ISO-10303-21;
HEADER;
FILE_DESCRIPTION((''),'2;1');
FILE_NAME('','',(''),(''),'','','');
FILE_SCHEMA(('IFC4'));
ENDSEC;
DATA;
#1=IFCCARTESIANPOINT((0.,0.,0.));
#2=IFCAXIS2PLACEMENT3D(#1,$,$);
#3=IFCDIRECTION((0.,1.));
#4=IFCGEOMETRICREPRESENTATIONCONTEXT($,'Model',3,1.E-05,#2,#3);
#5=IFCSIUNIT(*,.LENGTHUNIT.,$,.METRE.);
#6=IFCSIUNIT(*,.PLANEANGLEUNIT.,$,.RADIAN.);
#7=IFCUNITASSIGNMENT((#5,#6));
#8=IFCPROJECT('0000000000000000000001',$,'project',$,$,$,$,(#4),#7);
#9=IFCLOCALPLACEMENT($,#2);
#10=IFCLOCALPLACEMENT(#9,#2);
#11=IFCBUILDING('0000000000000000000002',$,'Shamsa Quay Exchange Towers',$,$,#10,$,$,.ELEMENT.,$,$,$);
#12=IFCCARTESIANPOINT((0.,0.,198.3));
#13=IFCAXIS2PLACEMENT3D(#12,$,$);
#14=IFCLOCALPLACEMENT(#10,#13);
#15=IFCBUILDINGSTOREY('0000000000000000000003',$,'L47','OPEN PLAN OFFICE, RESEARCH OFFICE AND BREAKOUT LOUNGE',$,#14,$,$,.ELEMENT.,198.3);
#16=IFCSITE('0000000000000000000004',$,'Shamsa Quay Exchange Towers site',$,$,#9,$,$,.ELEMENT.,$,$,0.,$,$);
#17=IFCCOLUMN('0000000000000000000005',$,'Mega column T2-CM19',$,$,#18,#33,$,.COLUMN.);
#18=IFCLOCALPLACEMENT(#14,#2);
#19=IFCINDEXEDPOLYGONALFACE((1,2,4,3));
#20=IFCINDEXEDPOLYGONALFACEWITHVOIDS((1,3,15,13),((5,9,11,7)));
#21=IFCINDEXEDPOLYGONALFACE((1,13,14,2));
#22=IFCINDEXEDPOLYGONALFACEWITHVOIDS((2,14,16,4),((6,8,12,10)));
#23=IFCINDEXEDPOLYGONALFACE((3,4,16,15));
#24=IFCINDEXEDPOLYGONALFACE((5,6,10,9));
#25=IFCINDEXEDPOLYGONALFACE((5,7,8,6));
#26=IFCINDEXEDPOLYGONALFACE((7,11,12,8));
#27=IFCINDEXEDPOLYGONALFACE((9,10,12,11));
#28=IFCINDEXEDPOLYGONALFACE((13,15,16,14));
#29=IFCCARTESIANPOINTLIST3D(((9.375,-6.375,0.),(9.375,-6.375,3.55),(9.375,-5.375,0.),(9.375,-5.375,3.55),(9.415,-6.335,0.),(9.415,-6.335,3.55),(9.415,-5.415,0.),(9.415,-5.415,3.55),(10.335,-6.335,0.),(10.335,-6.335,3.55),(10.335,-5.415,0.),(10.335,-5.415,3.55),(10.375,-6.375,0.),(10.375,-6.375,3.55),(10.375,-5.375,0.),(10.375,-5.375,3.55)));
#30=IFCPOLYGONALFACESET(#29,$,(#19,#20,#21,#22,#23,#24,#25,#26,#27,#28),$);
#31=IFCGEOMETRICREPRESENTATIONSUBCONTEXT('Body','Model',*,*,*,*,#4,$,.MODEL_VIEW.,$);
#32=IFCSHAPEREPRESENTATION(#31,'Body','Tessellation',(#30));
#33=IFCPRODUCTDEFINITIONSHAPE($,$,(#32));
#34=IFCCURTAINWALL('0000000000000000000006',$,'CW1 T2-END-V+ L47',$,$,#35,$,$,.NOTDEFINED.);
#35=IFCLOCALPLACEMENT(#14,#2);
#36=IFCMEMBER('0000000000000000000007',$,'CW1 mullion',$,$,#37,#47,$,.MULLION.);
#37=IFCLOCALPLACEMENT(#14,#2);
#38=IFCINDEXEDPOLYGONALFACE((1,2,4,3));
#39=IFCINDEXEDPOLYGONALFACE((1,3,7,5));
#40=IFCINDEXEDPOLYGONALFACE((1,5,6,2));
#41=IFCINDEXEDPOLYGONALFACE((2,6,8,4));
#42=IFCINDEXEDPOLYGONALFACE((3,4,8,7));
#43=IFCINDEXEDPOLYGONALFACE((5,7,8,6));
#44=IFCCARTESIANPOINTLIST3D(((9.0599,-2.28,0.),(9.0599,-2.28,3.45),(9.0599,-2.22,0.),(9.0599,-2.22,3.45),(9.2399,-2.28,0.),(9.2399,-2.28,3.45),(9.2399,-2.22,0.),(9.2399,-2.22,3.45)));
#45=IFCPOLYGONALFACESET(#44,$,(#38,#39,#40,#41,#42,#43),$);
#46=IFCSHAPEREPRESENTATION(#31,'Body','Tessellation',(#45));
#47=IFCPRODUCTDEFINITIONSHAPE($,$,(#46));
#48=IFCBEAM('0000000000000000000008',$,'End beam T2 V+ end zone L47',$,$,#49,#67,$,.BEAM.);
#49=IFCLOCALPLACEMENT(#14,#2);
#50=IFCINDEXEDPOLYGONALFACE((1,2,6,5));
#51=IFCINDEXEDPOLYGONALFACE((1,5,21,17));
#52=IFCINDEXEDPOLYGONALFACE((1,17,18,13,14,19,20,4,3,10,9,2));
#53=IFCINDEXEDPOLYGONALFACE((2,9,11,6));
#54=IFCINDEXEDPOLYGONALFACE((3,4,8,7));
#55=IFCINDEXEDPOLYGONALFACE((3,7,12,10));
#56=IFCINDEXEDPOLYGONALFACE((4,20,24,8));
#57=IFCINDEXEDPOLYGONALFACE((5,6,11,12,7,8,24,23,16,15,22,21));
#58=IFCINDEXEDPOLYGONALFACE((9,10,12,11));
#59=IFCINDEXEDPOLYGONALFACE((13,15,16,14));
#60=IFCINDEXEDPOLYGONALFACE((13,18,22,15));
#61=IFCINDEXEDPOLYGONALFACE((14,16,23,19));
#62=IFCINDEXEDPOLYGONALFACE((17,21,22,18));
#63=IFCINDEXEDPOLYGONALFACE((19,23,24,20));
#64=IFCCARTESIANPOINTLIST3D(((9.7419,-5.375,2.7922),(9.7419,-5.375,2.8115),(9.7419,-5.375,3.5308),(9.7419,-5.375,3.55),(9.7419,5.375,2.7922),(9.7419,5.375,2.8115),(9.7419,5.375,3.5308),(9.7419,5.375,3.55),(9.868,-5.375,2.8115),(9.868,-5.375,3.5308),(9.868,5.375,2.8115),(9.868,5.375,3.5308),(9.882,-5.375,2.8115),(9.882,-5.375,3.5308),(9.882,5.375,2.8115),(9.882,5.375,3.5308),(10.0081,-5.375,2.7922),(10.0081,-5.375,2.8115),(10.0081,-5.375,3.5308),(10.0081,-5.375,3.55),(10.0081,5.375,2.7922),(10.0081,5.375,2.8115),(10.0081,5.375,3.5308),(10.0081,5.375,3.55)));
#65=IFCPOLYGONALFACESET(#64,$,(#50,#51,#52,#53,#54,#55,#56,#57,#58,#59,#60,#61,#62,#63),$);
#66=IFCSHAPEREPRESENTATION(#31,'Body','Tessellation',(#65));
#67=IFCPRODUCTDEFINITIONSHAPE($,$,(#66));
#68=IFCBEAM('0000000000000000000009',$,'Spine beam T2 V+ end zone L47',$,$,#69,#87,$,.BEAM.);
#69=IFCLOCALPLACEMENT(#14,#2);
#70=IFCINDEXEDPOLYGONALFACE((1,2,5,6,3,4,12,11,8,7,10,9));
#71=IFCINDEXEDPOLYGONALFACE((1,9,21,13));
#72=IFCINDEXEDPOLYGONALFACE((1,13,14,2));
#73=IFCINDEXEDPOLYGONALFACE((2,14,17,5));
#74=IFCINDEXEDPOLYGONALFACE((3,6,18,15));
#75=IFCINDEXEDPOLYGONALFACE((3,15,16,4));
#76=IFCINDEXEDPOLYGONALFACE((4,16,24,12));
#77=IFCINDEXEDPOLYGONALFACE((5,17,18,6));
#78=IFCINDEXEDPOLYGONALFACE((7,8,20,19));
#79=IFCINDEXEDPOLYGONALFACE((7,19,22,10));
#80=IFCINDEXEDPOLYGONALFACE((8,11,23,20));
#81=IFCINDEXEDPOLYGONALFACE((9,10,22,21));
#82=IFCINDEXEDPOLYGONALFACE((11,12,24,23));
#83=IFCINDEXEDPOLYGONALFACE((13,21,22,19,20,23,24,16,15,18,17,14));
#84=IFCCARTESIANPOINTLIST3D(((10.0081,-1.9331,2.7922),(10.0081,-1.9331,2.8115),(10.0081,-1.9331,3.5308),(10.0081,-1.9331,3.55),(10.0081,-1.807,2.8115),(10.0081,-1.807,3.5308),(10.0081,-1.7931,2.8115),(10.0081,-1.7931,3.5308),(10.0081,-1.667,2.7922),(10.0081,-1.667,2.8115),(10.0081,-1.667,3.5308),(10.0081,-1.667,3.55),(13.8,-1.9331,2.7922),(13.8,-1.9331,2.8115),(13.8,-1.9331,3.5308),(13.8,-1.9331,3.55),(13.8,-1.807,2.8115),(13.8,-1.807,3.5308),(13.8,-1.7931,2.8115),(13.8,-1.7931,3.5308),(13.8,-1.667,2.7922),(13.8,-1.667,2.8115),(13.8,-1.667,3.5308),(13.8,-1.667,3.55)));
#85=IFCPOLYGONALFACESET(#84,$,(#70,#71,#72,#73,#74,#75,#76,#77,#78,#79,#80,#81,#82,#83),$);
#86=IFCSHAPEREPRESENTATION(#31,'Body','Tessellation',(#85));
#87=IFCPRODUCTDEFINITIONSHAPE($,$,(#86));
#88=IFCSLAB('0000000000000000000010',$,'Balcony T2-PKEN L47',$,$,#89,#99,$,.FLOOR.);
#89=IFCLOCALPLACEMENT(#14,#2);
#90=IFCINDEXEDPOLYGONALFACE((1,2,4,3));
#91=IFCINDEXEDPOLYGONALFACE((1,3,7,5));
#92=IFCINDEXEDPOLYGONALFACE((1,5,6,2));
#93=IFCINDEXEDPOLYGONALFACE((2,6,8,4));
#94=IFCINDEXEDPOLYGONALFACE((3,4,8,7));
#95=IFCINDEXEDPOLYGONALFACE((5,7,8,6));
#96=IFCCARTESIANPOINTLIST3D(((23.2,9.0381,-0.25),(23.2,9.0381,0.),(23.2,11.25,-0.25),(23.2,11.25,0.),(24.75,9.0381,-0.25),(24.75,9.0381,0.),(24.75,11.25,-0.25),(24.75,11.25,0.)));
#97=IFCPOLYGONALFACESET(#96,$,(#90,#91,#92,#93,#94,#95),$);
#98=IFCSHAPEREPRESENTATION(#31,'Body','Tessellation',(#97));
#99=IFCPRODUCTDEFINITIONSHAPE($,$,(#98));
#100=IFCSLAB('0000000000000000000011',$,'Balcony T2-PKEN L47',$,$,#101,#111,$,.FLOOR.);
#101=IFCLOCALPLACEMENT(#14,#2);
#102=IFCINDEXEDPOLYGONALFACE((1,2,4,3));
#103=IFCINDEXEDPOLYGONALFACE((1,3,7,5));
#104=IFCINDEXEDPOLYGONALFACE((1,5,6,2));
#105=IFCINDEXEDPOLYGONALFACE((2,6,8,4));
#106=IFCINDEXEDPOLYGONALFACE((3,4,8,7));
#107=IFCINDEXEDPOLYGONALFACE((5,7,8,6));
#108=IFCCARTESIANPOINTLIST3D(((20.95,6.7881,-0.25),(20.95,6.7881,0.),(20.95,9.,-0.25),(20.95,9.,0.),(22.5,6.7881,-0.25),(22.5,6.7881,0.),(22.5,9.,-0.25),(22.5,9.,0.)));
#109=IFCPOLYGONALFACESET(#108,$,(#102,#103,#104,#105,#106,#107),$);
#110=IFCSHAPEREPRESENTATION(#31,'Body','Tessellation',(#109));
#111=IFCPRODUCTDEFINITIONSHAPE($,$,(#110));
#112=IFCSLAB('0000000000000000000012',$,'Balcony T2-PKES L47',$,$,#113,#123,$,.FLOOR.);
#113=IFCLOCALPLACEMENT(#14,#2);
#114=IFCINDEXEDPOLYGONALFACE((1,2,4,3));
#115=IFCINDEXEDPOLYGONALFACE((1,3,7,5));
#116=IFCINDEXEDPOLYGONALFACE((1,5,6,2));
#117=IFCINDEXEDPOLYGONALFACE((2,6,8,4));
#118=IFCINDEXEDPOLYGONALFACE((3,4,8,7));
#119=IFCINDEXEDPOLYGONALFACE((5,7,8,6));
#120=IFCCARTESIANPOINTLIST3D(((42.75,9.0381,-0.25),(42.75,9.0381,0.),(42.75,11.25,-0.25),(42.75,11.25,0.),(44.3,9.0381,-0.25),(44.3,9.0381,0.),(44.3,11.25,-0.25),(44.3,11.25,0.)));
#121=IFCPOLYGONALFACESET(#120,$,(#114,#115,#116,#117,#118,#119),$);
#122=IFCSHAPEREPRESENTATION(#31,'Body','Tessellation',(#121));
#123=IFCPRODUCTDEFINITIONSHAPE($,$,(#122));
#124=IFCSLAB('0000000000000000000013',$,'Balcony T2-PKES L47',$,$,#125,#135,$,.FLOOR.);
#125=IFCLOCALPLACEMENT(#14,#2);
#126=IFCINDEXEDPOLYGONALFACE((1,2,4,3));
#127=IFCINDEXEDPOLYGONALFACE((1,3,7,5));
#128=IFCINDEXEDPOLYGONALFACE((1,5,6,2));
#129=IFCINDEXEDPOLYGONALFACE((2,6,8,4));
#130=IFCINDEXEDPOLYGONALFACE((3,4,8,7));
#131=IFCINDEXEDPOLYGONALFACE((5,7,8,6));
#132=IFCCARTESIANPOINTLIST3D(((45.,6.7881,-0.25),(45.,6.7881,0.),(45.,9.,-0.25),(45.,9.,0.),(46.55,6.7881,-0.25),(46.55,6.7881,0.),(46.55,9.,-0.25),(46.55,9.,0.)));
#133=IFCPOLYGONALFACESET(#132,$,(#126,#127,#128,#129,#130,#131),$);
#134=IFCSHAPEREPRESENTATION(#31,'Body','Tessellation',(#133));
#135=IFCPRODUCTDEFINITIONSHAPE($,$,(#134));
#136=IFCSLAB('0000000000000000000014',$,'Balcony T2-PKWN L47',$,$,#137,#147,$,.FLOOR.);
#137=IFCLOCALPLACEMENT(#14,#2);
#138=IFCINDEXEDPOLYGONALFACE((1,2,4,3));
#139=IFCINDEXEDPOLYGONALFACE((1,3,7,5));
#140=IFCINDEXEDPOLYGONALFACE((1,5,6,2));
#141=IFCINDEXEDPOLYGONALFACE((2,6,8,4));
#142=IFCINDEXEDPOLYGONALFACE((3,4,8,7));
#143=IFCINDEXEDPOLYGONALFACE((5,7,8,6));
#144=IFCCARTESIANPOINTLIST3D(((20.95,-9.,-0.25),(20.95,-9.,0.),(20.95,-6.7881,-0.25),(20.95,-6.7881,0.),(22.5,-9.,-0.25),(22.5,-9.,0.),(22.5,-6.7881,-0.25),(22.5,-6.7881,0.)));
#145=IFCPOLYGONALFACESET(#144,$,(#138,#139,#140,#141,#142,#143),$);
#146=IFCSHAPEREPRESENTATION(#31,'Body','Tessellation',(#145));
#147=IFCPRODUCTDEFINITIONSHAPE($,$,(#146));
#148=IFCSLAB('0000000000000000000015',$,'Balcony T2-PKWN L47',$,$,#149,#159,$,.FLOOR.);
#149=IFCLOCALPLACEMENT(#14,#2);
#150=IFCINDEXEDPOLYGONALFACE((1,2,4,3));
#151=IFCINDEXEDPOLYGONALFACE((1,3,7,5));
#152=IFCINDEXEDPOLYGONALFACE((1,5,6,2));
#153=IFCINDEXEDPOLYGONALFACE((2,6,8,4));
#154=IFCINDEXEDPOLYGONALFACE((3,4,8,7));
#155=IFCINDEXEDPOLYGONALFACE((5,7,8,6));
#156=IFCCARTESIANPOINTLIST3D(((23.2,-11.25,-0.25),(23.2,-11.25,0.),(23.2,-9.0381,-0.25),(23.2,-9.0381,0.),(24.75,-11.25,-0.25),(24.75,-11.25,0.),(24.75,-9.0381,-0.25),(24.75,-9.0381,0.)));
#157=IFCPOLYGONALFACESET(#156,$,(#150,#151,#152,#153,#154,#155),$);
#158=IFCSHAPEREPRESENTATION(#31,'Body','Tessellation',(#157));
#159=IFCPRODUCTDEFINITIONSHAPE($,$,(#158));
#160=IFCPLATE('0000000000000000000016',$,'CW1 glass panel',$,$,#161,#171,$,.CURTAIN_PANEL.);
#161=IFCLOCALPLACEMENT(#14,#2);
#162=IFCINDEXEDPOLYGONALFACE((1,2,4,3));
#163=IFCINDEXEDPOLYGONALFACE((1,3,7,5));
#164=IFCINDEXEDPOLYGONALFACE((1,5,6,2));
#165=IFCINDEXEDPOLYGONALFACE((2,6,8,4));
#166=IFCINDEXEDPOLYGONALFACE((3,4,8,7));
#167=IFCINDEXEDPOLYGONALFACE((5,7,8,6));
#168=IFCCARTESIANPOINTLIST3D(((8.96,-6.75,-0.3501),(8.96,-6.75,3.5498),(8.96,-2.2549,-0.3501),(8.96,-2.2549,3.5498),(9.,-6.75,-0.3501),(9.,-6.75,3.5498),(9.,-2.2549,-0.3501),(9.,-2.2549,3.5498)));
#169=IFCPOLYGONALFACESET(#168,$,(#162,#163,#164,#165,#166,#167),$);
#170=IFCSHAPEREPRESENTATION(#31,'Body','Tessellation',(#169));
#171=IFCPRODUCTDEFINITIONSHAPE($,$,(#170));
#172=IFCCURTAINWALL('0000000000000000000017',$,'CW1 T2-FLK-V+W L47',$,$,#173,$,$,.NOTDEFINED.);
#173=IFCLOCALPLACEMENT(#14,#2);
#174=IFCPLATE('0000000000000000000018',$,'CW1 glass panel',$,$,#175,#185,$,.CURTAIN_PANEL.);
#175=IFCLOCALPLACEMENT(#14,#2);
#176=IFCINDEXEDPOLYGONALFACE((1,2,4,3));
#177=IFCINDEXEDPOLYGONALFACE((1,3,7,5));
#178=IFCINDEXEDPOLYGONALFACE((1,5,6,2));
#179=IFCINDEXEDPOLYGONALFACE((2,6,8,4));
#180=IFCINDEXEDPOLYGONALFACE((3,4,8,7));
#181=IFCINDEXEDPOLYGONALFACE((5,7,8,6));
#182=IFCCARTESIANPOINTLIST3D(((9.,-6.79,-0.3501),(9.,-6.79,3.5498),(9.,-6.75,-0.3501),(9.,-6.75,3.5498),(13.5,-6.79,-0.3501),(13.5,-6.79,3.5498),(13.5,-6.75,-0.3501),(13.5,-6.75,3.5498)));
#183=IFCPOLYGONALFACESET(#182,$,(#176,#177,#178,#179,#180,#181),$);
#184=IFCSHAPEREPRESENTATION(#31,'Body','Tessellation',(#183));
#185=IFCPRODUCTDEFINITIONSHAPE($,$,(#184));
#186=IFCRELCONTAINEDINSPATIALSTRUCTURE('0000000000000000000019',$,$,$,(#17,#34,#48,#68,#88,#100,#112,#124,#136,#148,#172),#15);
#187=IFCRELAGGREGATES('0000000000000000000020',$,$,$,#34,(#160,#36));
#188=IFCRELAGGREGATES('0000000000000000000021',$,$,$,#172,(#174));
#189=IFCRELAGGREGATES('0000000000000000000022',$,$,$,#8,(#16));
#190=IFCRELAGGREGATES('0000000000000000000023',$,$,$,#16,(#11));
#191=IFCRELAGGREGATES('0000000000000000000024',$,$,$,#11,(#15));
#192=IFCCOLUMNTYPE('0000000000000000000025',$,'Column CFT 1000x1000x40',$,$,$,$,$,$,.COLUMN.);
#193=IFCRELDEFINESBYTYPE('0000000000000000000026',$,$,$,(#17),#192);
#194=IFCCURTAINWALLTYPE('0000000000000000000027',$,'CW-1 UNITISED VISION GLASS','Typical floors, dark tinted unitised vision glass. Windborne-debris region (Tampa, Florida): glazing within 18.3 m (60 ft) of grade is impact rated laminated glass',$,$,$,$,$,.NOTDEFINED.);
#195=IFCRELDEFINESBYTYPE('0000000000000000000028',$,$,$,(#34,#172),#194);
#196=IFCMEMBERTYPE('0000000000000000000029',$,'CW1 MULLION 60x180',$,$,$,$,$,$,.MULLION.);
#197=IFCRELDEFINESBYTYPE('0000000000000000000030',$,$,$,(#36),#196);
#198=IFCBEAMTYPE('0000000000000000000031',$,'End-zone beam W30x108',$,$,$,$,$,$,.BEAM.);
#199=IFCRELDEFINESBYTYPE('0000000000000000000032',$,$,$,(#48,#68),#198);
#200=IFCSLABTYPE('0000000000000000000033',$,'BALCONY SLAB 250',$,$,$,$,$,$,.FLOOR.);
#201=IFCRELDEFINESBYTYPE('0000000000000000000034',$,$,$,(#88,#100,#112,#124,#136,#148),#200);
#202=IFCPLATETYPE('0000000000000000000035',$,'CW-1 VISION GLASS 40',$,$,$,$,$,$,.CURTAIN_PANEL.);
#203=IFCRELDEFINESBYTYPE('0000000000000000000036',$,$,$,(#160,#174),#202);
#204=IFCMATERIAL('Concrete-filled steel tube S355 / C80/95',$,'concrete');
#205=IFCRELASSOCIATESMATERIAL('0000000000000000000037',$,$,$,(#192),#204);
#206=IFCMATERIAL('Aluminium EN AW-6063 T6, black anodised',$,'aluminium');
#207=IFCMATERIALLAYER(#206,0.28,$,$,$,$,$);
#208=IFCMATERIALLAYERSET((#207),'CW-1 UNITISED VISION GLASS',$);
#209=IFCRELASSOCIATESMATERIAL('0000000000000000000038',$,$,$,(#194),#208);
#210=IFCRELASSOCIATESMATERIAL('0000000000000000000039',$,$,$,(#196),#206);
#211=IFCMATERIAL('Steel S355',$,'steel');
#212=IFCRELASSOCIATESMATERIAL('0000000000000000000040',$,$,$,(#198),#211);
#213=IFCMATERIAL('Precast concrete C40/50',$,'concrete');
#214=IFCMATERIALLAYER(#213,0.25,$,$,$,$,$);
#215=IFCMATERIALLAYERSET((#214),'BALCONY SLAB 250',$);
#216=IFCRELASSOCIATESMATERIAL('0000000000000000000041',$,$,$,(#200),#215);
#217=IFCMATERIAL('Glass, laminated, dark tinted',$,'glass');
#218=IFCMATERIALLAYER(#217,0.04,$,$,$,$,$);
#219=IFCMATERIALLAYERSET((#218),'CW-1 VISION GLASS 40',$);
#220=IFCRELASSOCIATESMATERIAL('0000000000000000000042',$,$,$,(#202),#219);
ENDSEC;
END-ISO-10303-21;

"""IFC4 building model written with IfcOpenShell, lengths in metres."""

from ifc_helpers import new_model, si_unit, direction, frame, origin, origin_2d, place, context, subcontext, project, spatial, polyline, rectangle, hollow_rectangle, i_section, outline, extrude, material, layer, layer_set, material_profile, profile_set, type_object, element, aggregate, save


model = new_model("IFC4")

# Units and contexts
model_context = context("Model", 3, precision=1e-05, world=origin(), true_north=direction((0.0, 1.0)))
body_context = subcontext(model_context, "Body", "Model", "MODEL_VIEW")
ifc_project = project(units=[si_unit("LENGTHUNIT", "METRE"), si_unit("PLANEANGLEUNIT", "RADIAN")], contexts=[model_context])

# Site, building, storey
site_placement = place(None, origin())
site = spatial("IfcSite", under=ifc_project, at=site_placement, Name="Shamsa Quay Exchange Towers site", CompositionType="ELEMENT", RefElevation=0.0)
building_placement = place(site_placement, origin())
building = spatial("IfcBuilding", under=site, at=building_placement, Name="Shamsa Quay Exchange Towers", CompositionType="ELEMENT")
storey_placement = place(building_placement, frame((0.0, 0.0, 198.3)))
storey = spatial("IfcBuildingStorey", under=building, at=storey_placement, Name="L47", Description="OPEN PLAN OFFICE, RESEARCH OFFICE AND BREAKOUT LOUNGE", CompositionType="ELEMENT", Elevation=198.3)

# Column
ifc_material_1 = material(Name="Concrete-filled steel tube S355 / C80/95", Category="concrete")
ifc_material_profile_1 = material_profile(ifc_material_1, hollow_rectangle(XDim=1.0, YDim=1.0, WallThickness=0.04, at=origin_2d()), Name="CFT 1000x1000x40")
ifc_profile_set_1 = profile_set([ifc_material_profile_1], Name="Concrete-filled steel tube S355 / C80/95")
column_type = type_object("IfcColumnType", Name="Column CFT 1000x1000x40", PredefinedType="COLUMN", material=ifc_profile_set_1)
column_placement = place(storey_placement, frame((9.875, -5.875, 0.0)))
element("IfcColumn", 1, at=column_placement, inside=storey, type_object=column_type, Name="Mega column T2-CM19", PredefinedType="COLUMN", context=body_context, shape_type="SweptSolid", body=[
    extrude(hollow_rectangle(XDim=1.0, YDim=1.0, WallThickness=0.04, at=origin_2d()), origin(), (0.0, 0.0, 1.0), 3.55),
])

# Curtain wall, member
ifc_material_2 = material(Name="Aluminium EN AW-6063 T6, black anodised", Category="aluminium")
ifc_layer_1 = layer(ifc_material_2, 0.28)
ifc_layer_set_1 = layer_set([ifc_layer_1], Name="CW-1 UNITISED VISION GLASS")
curtain_wall_type_1 = type_object("IfcCurtainWallType", Name="CW-1 UNITISED VISION GLASS", Description="Typical floors, dark tinted unitised vision glass. Windborne-debris region (Tampa, Florida): glazing within 18.3 m (60 ft) of grade is impact rated laminated glass", PredefinedType="NOTDEFINED", material=ifc_layer_set_1)
curtain_wall_1_placement = place(storey_placement, origin())
curtain_wall_1 = element("IfcCurtainWall", 2, at=curtain_wall_1_placement, inside=storey, type_object=curtain_wall_type_1, Name="CW1 T2-END-V+ L47", PredefinedType="NOTDEFINED")
ifc_material_profile_2 = material_profile(ifc_material_2, rectangle(XDim=0.1799, YDim=0.0601, at=origin_2d()), Name="MU60x180")
ifc_profile_set_2 = profile_set([ifc_material_profile_2], Name="Aluminium EN AW-6063 T6, black anodised")
member_type = type_object("IfcMemberType", Name="CW1 MULLION 60x180", PredefinedType="MULLION", material=ifc_profile_set_2)
member_placement = place(storey_placement, frame((9.1499, -2.25, 0.0)))
member = element("IfcMember", 3, at=member_placement, type_object=member_type, Name="CW1 mullion", PredefinedType="MULLION", context=body_context, shape_type="SweptSolid", body=[
    extrude(rectangle(XDim=0.1799, YDim=0.0601, at=origin_2d()), origin(), (0.0, 0.0, 1.0), 3.45),
])

# Beams
ifc_material_3 = material(Name="Steel S355", Category="steel")
ifc_material_profile_3 = material_profile(ifc_material_3, i_section(OverallWidth=0.2661, OverallDepth=0.7578, WebThickness=0.0139, FlangeThickness=0.0193, at=origin_2d()), Name="W30x108")
ifc_profile_set_3 = profile_set([ifc_material_profile_3], Name="Steel S355")
beam_type = type_object("IfcBeamType", Name="End-zone beam W30x108", PredefinedType="BEAM", material=ifc_profile_set_3)
beam_1_placement = place(storey_placement, frame((9.875, -5.375, 3.1711), z_axis=(0.0, 1.0, 0.0), x_axis=(-1.0, 0.0, 0.0)))
element("IfcBeam", 4, at=beam_1_placement, inside=storey, type_object=beam_type, Name="End beam T2 V+ end zone L47", PredefinedType="BEAM", context=body_context, shape_type="SweptSolid", body=[
    extrude(i_section(OverallWidth=0.2661, OverallDepth=0.7578, WebThickness=0.0139, FlangeThickness=0.0193, at=origin_2d()), origin(), (0.0, 0.0, 1.0), 10.75),
])
beam_2_placement = place(storey_placement, frame((13.8, -1.8, 3.1711), z_axis=(-1.0, 0.0, 0.0), x_axis=(0.0, -1.0, 0.0)))
element("IfcBeam", 5, at=beam_2_placement, inside=storey, type_object=beam_type, Name="Spine beam T2 V+ end zone L47", PredefinedType="BEAM", context=body_context, shape_type="SweptSolid", body=[
    extrude(i_section(OverallWidth=0.2661, OverallDepth=0.7578, WebThickness=0.0139, FlangeThickness=0.0193, at=origin_2d()), origin(), (0.0, 0.0, 1.0), 3.792),
])

# Slabs
ifc_material_4 = material(Name="Precast concrete C40/50", Category="concrete")
ifc_layer_2 = layer(ifc_material_4, 0.25)
ifc_layer_set_2 = layer_set([ifc_layer_2], Name="BALCONY SLAB 250")
slab_type_1 = type_object("IfcSlabType", Name="BALCONY SLAB 250", PredefinedType="FLOOR", material=ifc_layer_set_2)
slab_1_placement = place(storey_placement, frame((0.0, 0.0, -0.25)))
element("IfcSlab", 6, at=slab_1_placement, inside=storey, type_object=slab_type_1, Name="Balcony T2-PKEN L47", PredefinedType="FLOOR", context=body_context, shape_type="SweptSolid", body=[
    extrude(outline(polyline([(24.75, 11.25), (24.75, 9.0381), (23.2, 9.0381), (23.2, 11.25), (24.75, 11.25)])), origin(), (0.0, 0.0, 1.0), 0.25),
])
slab_2_placement = place(storey_placement, frame((0.0, 0.0, -0.25)))
element("IfcSlab", 7, at=slab_2_placement, inside=storey, type_object=slab_type_1, Name="Balcony T2-PKEN L47", PredefinedType="FLOOR", context=body_context, shape_type="SweptSolid", body=[
    extrude(outline(polyline([(22.5, 9.0), (22.5, 6.7881), (20.95, 6.7881), (20.95, 9.0), (22.5, 9.0)])), origin(), (0.0, 0.0, 1.0), 0.25),
])
slab_3_placement = place(storey_placement, frame((0.0, 0.0, -0.25)))
element("IfcSlab", 8, at=slab_3_placement, inside=storey, type_object=slab_type_1, Name="Balcony T2-PKES L47", PredefinedType="FLOOR", context=body_context, shape_type="SweptSolid", body=[
    extrude(outline(polyline([(42.75, 9.0381), (42.75, 11.25), (44.3, 11.25), (44.3, 9.0381), (42.75, 9.0381)])), origin(), (0.0, 0.0, 1.0), 0.25),
])
slab_4_placement = place(storey_placement, frame((0.0, 0.0, -0.25)))
element("IfcSlab", 9, at=slab_4_placement, inside=storey, type_object=slab_type_1, Name="Balcony T2-PKES L47", PredefinedType="FLOOR", context=body_context, shape_type="SweptSolid", body=[
    extrude(outline(polyline([(45.0, 6.7881), (45.0, 9.0), (46.55, 9.0), (46.55, 6.7881), (45.0, 6.7881)])), origin(), (0.0, 0.0, 1.0), 0.25),
])
slab_5_placement = place(storey_placement, frame((0.0, 0.0, -0.25)))
element("IfcSlab", 10, at=slab_5_placement, inside=storey, type_object=slab_type_1, Name="Balcony T2-PKWN L47", PredefinedType="FLOOR", context=body_context, shape_type="SweptSolid", body=[
    extrude(outline(polyline([(22.5, -6.7881), (22.5, -9.0), (20.95, -9.0), (20.95, -6.7881), (22.5, -6.7881)])), origin(), (0.0, 0.0, 1.0), 0.25),
])
slab_6_placement = place(storey_placement, frame((0.0, 0.0, -0.25)))
element("IfcSlab", 11, at=slab_6_placement, inside=storey, type_object=slab_type_1, Name="Balcony T2-PKWN L47", PredefinedType="FLOOR", context=body_context, shape_type="SweptSolid", body=[
    extrude(outline(polyline([(24.75, -9.0381), (24.75, -11.25), (23.2, -11.25), (23.2, -9.0381), (24.75, -9.0381)])), origin(), (0.0, 0.0, 1.0), 0.25),
])

# Plate
ifc_material_5 = material(Name="Glass, laminated, dark tinted", Category="glass")
ifc_layer_3 = layer(ifc_material_5, 0.04)
ifc_layer_set_3 = layer_set([ifc_layer_3], Name="CW-1 VISION GLASS 40")
plate_type_1 = type_object("IfcPlateType", Name="CW-1 VISION GLASS 40", PredefinedType="CURTAIN_PANEL", material=ifc_layer_set_3)
plate_1_placement = place(storey_placement, frame((8.98, -4.5024, -0.3501), z_axis=(0.0, 0.0, 1.0), x_axis=(0.0, -1.0, 0.0)))
plate_1 = element("IfcPlate", 12, at=plate_1_placement, type_object=plate_type_1, Name="CW1 glass panel", PredefinedType="CURTAIN_PANEL", context=body_context, shape_type="SweptSolid", body=[
    extrude(rectangle(XDim=4.4951, YDim=0.04, at=origin_2d()), origin(), (0.0, 0.0, 1.0), 3.8999),
])
aggregate(curtain_wall_1, [plate_1, member])

# Curtain wall, plate
curtain_wall_2_placement = place(storey_placement, origin())
curtain_wall_2 = element("IfcCurtainWall", 13, at=curtain_wall_2_placement, inside=storey, type_object=curtain_wall_type_1, Name="CW1 T2-FLK-V+W L47", PredefinedType="NOTDEFINED")
plate_2_placement = place(storey_placement, frame((11.25, -6.77, -0.3501)))
plate_2 = element("IfcPlate", 14, at=plate_2_placement, type_object=plate_type_1, Name="CW1 glass panel", PredefinedType="CURTAIN_PANEL", context=body_context, shape_type="SweptSolid", body=[
    extrude(rectangle(XDim=4.5, YDim=0.04, at=origin_2d()), origin(), (0.0, 0.0, 1.0), 3.8999),
])
aggregate(curtain_wall_2, [plate_2])

save(model, "model.ifc")
